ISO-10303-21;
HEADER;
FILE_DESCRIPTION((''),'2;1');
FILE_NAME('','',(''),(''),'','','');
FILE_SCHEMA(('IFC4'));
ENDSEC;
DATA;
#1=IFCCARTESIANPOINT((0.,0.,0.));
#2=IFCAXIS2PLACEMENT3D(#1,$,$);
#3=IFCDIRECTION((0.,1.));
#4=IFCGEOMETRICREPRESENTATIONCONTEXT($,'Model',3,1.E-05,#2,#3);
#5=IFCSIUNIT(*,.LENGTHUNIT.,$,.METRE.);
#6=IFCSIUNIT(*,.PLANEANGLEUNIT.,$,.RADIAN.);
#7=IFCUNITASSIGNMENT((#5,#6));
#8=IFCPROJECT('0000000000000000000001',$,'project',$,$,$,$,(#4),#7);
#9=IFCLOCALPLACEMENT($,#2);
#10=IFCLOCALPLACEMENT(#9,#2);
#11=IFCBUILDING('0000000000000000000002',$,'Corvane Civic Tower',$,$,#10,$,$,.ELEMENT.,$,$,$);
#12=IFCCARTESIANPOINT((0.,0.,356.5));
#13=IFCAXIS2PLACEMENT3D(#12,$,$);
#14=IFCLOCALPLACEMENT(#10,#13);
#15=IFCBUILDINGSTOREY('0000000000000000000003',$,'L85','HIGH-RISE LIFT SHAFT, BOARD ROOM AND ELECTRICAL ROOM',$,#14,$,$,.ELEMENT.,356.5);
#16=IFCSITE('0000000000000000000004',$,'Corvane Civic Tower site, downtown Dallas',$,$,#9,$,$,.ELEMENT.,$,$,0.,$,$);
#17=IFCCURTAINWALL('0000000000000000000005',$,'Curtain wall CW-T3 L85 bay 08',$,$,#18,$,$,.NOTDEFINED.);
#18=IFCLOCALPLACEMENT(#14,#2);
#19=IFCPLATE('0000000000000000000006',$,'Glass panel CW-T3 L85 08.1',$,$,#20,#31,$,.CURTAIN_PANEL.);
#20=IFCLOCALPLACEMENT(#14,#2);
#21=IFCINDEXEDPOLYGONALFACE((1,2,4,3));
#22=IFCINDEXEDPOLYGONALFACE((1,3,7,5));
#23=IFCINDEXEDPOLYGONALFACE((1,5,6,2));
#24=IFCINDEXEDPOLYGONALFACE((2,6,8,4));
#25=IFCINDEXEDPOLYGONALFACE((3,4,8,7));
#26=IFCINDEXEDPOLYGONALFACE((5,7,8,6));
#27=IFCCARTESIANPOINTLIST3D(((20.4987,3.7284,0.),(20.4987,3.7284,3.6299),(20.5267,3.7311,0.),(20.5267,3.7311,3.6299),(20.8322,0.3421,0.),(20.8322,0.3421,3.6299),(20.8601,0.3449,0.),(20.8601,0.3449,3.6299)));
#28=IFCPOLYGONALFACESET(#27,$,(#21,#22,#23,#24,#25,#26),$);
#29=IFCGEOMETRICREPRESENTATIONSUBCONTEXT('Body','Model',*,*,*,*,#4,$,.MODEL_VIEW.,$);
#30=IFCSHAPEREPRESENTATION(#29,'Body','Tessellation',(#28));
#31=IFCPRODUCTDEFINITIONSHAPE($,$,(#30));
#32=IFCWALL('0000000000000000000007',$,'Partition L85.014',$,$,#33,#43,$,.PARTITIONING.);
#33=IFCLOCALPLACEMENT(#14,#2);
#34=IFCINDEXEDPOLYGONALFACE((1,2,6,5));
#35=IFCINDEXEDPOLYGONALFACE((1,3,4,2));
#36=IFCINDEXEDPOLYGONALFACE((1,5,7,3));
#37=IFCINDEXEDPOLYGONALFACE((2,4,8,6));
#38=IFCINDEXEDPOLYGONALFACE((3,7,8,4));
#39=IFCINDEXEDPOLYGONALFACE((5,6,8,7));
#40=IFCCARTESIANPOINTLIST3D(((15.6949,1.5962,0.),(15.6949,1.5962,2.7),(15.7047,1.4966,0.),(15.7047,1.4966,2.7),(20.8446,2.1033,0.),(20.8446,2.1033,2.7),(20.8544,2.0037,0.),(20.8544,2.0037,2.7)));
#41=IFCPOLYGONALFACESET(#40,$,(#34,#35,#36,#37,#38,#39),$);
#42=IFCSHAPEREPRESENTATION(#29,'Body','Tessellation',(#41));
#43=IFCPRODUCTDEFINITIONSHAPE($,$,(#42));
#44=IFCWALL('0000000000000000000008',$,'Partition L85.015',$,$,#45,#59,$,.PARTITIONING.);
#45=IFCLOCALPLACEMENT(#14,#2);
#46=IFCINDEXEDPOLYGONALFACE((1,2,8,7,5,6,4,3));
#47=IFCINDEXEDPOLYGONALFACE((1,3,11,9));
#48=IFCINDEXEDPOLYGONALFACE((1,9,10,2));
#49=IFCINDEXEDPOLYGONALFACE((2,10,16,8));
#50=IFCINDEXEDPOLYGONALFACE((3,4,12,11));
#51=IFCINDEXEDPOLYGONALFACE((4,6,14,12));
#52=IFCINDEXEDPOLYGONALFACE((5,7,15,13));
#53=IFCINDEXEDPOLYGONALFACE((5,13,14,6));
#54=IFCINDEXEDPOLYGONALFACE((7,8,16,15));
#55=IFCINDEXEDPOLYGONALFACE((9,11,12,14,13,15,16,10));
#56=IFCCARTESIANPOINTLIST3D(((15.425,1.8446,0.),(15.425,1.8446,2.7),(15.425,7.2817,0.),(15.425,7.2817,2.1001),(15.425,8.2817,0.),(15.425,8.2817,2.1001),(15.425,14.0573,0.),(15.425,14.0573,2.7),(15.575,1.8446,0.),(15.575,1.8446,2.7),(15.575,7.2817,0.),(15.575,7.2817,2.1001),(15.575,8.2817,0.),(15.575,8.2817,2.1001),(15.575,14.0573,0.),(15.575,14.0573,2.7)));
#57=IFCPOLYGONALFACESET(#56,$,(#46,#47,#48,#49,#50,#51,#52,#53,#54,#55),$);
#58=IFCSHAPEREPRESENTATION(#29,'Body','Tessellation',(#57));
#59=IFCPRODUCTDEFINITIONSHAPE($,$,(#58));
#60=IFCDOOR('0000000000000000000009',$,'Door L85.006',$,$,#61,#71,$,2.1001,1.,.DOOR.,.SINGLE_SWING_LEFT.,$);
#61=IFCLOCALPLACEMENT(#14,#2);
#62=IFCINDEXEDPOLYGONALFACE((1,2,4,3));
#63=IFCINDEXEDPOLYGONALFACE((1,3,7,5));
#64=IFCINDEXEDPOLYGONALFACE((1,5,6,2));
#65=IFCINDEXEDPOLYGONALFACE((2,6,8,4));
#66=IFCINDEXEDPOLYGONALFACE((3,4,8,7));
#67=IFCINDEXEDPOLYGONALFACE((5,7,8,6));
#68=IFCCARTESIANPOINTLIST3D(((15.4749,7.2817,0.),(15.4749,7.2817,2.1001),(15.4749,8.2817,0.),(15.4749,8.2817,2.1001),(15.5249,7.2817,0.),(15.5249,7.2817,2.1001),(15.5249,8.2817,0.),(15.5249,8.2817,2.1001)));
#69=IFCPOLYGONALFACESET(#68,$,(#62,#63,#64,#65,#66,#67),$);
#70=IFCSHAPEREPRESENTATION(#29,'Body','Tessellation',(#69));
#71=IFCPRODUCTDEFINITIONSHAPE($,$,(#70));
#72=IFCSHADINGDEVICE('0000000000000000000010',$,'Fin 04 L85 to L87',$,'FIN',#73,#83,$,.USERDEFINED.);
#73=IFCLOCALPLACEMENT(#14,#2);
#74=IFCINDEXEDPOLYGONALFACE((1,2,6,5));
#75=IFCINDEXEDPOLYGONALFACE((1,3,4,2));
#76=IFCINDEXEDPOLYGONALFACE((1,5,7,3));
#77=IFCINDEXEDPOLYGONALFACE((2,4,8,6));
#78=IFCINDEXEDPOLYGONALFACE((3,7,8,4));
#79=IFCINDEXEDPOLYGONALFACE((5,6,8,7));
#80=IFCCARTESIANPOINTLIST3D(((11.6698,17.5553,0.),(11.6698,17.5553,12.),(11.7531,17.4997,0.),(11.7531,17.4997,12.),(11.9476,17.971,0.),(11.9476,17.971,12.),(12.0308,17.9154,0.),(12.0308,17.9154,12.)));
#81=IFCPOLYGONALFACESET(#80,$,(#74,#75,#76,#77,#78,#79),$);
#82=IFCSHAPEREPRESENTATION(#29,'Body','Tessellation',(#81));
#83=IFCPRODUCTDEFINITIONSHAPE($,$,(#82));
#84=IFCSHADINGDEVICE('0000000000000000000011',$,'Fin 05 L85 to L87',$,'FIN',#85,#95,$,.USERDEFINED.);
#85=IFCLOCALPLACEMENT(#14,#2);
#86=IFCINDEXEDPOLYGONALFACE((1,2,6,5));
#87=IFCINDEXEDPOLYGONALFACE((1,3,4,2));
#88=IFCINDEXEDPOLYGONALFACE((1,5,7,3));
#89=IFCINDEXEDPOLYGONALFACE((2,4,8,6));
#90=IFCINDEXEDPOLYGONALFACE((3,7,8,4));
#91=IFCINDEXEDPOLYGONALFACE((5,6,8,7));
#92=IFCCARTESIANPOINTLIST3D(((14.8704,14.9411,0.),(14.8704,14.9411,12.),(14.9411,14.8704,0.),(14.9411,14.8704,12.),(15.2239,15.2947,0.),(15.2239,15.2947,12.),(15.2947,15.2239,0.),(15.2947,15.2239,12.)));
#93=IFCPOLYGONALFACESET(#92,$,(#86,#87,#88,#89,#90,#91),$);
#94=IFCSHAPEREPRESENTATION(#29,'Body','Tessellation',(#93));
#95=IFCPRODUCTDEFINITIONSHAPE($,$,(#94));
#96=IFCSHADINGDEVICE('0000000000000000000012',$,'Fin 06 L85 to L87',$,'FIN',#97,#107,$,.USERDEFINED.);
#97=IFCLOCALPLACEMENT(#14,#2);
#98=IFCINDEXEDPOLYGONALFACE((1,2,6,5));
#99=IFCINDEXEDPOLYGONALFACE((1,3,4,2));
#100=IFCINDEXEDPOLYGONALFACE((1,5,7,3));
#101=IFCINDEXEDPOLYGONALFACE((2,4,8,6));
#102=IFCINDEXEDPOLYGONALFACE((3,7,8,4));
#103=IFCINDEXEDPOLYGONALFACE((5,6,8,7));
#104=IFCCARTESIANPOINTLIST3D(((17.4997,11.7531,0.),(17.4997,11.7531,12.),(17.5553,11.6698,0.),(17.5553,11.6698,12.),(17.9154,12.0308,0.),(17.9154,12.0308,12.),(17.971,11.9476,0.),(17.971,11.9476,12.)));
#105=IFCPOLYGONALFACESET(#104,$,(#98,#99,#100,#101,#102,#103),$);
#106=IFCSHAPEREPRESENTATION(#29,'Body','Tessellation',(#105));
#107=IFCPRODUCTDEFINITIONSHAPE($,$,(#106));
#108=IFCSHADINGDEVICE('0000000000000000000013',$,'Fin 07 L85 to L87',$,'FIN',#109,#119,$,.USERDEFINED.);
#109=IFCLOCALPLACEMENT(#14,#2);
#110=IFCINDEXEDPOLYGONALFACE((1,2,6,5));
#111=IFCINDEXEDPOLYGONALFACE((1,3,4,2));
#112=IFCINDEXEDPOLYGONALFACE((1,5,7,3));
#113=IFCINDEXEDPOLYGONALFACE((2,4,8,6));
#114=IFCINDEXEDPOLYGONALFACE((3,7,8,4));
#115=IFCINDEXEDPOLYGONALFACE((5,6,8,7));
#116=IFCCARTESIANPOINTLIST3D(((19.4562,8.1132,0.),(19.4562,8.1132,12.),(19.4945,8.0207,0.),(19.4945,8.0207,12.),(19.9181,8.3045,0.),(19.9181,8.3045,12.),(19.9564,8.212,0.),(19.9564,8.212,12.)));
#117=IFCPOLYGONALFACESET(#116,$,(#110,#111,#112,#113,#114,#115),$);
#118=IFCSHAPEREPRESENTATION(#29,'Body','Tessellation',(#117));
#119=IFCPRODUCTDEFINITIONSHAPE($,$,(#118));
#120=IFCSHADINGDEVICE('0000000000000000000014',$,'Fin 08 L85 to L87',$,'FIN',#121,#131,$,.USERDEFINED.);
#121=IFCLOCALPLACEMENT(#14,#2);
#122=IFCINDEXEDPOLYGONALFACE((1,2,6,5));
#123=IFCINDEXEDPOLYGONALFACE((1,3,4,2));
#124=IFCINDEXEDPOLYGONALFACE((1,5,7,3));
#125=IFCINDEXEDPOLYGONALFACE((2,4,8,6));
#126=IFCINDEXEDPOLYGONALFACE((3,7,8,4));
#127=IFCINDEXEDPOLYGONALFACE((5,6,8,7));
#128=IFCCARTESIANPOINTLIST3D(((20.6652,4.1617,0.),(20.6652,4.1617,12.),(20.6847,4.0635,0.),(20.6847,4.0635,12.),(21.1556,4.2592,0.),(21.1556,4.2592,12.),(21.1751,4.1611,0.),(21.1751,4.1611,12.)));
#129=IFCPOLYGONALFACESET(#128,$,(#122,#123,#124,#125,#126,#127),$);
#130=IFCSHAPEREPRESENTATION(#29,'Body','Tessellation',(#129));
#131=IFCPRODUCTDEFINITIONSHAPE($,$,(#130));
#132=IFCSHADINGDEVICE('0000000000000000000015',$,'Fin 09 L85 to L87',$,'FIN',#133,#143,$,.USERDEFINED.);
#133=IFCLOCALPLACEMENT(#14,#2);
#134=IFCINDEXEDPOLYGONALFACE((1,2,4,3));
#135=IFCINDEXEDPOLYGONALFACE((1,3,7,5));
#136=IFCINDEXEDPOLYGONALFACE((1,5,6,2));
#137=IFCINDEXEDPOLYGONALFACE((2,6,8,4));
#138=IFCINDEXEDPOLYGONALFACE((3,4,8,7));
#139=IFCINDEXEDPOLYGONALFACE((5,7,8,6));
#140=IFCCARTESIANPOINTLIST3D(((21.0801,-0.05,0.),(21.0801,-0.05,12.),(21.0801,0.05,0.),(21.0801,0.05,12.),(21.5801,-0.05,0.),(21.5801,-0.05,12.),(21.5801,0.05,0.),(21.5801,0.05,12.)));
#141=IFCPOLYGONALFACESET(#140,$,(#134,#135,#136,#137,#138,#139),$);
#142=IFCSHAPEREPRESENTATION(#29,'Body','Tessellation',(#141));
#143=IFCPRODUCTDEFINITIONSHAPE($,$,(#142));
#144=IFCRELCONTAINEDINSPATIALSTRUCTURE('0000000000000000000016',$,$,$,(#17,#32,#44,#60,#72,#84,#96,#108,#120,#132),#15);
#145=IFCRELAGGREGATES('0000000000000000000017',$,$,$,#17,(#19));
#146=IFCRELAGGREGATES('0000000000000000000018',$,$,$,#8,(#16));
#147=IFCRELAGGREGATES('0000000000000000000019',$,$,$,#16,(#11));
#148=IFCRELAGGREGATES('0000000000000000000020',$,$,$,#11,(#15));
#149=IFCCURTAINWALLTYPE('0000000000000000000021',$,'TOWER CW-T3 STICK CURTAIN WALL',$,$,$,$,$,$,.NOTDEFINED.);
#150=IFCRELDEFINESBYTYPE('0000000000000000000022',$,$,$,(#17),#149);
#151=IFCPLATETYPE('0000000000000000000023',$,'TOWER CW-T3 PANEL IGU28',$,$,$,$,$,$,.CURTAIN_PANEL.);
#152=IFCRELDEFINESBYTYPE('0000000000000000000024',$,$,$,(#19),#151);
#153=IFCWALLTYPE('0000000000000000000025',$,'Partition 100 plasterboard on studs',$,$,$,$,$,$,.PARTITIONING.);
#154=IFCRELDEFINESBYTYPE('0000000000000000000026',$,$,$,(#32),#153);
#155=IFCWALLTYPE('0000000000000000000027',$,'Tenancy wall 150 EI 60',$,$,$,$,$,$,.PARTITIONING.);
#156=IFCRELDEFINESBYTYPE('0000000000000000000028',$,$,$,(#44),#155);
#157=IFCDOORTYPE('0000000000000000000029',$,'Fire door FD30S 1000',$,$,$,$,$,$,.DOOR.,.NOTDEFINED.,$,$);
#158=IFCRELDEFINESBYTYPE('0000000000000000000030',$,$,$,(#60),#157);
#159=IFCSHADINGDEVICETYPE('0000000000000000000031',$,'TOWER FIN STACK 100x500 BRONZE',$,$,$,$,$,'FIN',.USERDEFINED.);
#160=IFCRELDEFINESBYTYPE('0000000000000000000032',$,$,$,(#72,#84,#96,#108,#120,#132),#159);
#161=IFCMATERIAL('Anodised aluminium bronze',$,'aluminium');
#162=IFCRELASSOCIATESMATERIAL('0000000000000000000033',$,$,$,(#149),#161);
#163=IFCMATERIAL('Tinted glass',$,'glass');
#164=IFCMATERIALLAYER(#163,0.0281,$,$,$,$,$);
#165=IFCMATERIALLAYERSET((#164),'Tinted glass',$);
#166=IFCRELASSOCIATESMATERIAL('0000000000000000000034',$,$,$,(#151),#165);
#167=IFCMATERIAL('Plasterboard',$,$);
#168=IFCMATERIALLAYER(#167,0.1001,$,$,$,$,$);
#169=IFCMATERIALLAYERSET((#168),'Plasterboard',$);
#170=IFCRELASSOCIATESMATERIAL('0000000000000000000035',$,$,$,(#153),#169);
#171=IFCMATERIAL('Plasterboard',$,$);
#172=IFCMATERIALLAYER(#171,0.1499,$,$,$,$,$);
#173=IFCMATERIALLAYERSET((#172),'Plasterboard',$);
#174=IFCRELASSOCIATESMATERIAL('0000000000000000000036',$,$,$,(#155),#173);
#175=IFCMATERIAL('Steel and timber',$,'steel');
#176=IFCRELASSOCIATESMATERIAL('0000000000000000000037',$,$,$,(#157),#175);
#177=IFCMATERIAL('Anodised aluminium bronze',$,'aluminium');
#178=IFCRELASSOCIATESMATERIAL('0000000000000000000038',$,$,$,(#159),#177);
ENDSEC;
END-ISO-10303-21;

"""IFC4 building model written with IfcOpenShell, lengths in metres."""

from ifc_helpers import new_model, si_unit, direction, frame, frame_2d, origin, origin_2d, place, context, subcontext, project, spatial, rectangle, extrude, material, layer, layer_set, material_profile, profile_set, type_object, element, fill, aggregate, save


model = new_model("IFC4")

# Units and contexts
model_context = context("Model", 3, precision=1e-05, world=origin(), true_north=direction((0.0, 1.0)))
body_context = subcontext(model_context, "Body", "Model", "MODEL_VIEW")
ifc_project = project(units=[si_unit("LENGTHUNIT", "METRE"), si_unit("PLANEANGLEUNIT", "RADIAN")], contexts=[model_context])

# Site, building, storey
site_placement = place(None, origin())
site = spatial("IfcSite", under=ifc_project, at=site_placement, Name="Corvane Civic Tower site, downtown Dallas", CompositionType="ELEMENT", RefElevation=0.0)
building_placement = place(site_placement, origin())
building = spatial("IfcBuilding", under=site, at=building_placement, Name="Corvane Civic Tower", CompositionType="ELEMENT")
storey_placement = place(building_placement, frame((0.0, 0.0, 356.5)))
storey = spatial("IfcBuildingStorey", under=building, at=storey_placement, Name="L85", Description="HIGH-RISE LIFT SHAFT, BOARD ROOM AND ELECTRICAL ROOM", CompositionType="ELEMENT", Elevation=356.5)

# Curtain wall
ifc_material_1 = material(Name="Anodised aluminium bronze", Category="aluminium")
curtain_wall_type = type_object("IfcCurtainWallType", Name="TOWER CW-T3 STICK CURTAIN WALL", PredefinedType="NOTDEFINED", material=ifc_material_1)
curtain_wall_1_placement = place(storey_placement, origin())
curtain_wall_1 = element("IfcCurtainWall", 1, at=curtain_wall_1_placement, inside=storey, type_object=curtain_wall_type, Name="Curtain wall CW-T3 L85 bay 08", PredefinedType="NOTDEFINED")

# Plate
ifc_material_2 = material(Name="Tinted glass", Category="glass")
ifc_layer_1 = layer(ifc_material_2, 0.0281)
ifc_layer_set_1 = layer_set([ifc_layer_1], Name="Tinted glass")
plate_type = type_object("IfcPlateType", Name="TOWER CW-T3 PANEL IGU28", PredefinedType="CURTAIN_PANEL", material=ifc_layer_set_1)
plate_1_placement = place(storey_placement, frame((20.6794, 2.0366, 0.0), z_axis=(0.0, 0.0, 1.0), x_axis=(0.097998, -0.995187, 0.0)))
plate_1 = element("IfcPlate", 2, at=plate_1_placement, type_object=plate_type, Name="Glass panel CW-T3 L85 08.1", PredefinedType="CURTAIN_PANEL", context=body_context, shape_type="SweptSolid", body=[
    extrude(rectangle(XDim=3.4026, YDim=0.0281, at=origin_2d()), origin(), (0.0, 0.0, 1.0), 3.6299),
])
aggregate(curtain_wall_1, [plate_1])

# Wall
ifc_material_3 = material(Name="Plasterboard")
ifc_layer_2 = layer(ifc_material_3, 0.1001)
ifc_layer_set_2 = layer_set([ifc_layer_2], Name="Plasterboard")
wall_type_1 = type_object("IfcWallType", Name="Partition 100 plasterboard on studs", PredefinedType="PARTITIONING", material=ifc_layer_set_2)
wall_1_placement = place(storey_placement, frame((15.6997, 1.5464, 0.0), z_axis=(0.0, 0.0, 1.0), x_axis=(0.995187, 0.097995, 0.0)))
element("IfcWall", 3, at=wall_1_placement, inside=storey, type_object=wall_type_1, Name="Partition L85.014", PredefinedType="PARTITIONING", context=body_context, shape_type="SweptSolid", body=[
    extrude(rectangle(XDim=5.1746, YDim=0.1001, at=frame_2d((2.5874, 0.0))), origin(), (0.0, 0.0, 1.0), 2.7),
])

# Wall, opening, door
ifc_material_4 = material(Name="Plasterboard")
ifc_layer_3 = layer(ifc_material_4, 0.1499)
ifc_layer_set_3 = layer_set([ifc_layer_3], Name="Plasterboard")
wall_type_2 = type_object("IfcWallType", Name="Tenancy wall 150 EI 60", PredefinedType="PARTITIONING", material=ifc_layer_set_3)
wall_2_placement = place(storey_placement, frame((15.5, 1.8445, 0.0), z_axis=(0.0, 0.0, 1.0), x_axis=(0.0, 1.0, 0.0)))
wall_2 = element("IfcWall", 4, at=wall_2_placement, inside=storey, type_object=wall_type_2, Name="Partition L85.015", PredefinedType="PARTITIONING", context=body_context, shape_type="SweptSolid", body=[
    extrude(rectangle(XDim=12.2126, YDim=0.1499, at=frame_2d((6.1064, 0.0))), origin(), (0.0, 0.0, 1.0), 2.7),
])
opening_placement = place(wall_2_placement, frame((5.4373, 0.0, 0.0)))
opening = element("IfcOpeningElement", 5, at=opening_placement, cuts=wall_2, PredefinedType="OPENING", context=body_context, shape_type="SweptSolid", body=[
    extrude(rectangle(XDim=1.0, YDim=2.1001, at=frame_2d((0.5, 1.05))), frame((0.0, 0.085, 0.0), z_axis=(0.0, -1.0, 0.0), x_axis=(1.0, 0.0, 0.0)), (0.0, 0.0, 1.0), 0.1699),
])
ifc_material_5 = material(Name="Steel and timber", Category="steel")
door_type = type_object("IfcDoorType", Name="Fire door FD30S 1000", OperationType="NOTDEFINED", PredefinedType="DOOR", material=ifc_material_5)
door_placement = place(opening_placement, frame((1.0, 0.0, 0.0), z_axis=(0.0, 0.0, 1.0), x_axis=(-1.0, 0.0, 0.0)))
door = element("IfcDoor", 6, at=door_placement, inside=storey, type_object=door_type, Name="Door L85.006", OperationType="SINGLE_SWING_LEFT", OverallHeight=2.1001, OverallWidth=1.0, PredefinedType="DOOR", context=body_context, shape_type="SweptSolid", body=[
    extrude(rectangle(XDim=1.0, YDim=2.1001, at=frame_2d((0.5, 1.05))), frame((0.0, 0.0249, 0.0), z_axis=(0.0, -1.0, 0.0), x_axis=(1.0, 0.0, 0.0)), (0.0, 0.0, 1.0), 0.05),
])
fill(opening, door)

# Shading devices
ifc_material_6 = material(Name="Anodised aluminium bronze", Category="aluminium")
ifc_material_profile_1 = material_profile(ifc_material_6, rectangle(XDim=0.1001, YDim=0.5, at=origin_2d()), Name="TOWER FIN STACK 100x500 BRONZE")
ifc_profile_set_1 = profile_set([ifc_material_profile_1], Name="Anodised aluminium bronze")
shading_device_type = type_object("IfcShadingDeviceType", Name="TOWER FIN STACK 100x500 BRONZE", ElementType="FIN", PredefinedType="USERDEFINED", material=ifc_profile_set_1)
for number, where, z_axis, x_axis, name in (
    (7, (11.8503, 17.7354, 0.0), (0.0, 0.0, 1.0), (0.83147, -0.55557, 0.0), "Fin 04 L85 to L87"),
    (8, (15.0825, 15.0825, 0.0), (0.0, 0.0, 1.0), (0.707107, -0.707107, 0.0), "Fin 05 L85 to L87"),
    (9, (17.7354, 11.8503, 0.0), (0.0, 0.0, 1.0), (0.55557, -0.83147, 0.0), "Fin 06 L85 to L87"),
    (10, (19.7063, 8.1626, 0.0), (0.0, 0.0, 1.0), (0.382683, -0.92388, 0.0), "Fin 07 L85 to L87"),
    (11, (20.9202, 4.1614, 0.0), (0.0, 0.0, 1.0), (0.19509, -0.980785, 0.0), "Fin 08 L85 to L87"),
    (12, (21.3301, 0.0, 0.0), (0.0, 0.0, 1.0), (0.0, -1.0, 0.0), "Fin 09 L85 to L87"),
):
    element("IfcShadingDevice", number, at=place(storey_placement, frame(where, z_axis=z_axis, x_axis=x_axis)), inside=storey, type_object=shading_device_type, Name=name, ObjectType="FIN", PredefinedType="USERDEFINED", context=body_context, shape_type="SweptSolid", body=[
        extrude(rectangle(XDim=0.1001, YDim=0.5, at=origin_2d()), origin(), (0.0, 0.0, 1.0), 12.0),
    ])

save(model, "model.ifc")
